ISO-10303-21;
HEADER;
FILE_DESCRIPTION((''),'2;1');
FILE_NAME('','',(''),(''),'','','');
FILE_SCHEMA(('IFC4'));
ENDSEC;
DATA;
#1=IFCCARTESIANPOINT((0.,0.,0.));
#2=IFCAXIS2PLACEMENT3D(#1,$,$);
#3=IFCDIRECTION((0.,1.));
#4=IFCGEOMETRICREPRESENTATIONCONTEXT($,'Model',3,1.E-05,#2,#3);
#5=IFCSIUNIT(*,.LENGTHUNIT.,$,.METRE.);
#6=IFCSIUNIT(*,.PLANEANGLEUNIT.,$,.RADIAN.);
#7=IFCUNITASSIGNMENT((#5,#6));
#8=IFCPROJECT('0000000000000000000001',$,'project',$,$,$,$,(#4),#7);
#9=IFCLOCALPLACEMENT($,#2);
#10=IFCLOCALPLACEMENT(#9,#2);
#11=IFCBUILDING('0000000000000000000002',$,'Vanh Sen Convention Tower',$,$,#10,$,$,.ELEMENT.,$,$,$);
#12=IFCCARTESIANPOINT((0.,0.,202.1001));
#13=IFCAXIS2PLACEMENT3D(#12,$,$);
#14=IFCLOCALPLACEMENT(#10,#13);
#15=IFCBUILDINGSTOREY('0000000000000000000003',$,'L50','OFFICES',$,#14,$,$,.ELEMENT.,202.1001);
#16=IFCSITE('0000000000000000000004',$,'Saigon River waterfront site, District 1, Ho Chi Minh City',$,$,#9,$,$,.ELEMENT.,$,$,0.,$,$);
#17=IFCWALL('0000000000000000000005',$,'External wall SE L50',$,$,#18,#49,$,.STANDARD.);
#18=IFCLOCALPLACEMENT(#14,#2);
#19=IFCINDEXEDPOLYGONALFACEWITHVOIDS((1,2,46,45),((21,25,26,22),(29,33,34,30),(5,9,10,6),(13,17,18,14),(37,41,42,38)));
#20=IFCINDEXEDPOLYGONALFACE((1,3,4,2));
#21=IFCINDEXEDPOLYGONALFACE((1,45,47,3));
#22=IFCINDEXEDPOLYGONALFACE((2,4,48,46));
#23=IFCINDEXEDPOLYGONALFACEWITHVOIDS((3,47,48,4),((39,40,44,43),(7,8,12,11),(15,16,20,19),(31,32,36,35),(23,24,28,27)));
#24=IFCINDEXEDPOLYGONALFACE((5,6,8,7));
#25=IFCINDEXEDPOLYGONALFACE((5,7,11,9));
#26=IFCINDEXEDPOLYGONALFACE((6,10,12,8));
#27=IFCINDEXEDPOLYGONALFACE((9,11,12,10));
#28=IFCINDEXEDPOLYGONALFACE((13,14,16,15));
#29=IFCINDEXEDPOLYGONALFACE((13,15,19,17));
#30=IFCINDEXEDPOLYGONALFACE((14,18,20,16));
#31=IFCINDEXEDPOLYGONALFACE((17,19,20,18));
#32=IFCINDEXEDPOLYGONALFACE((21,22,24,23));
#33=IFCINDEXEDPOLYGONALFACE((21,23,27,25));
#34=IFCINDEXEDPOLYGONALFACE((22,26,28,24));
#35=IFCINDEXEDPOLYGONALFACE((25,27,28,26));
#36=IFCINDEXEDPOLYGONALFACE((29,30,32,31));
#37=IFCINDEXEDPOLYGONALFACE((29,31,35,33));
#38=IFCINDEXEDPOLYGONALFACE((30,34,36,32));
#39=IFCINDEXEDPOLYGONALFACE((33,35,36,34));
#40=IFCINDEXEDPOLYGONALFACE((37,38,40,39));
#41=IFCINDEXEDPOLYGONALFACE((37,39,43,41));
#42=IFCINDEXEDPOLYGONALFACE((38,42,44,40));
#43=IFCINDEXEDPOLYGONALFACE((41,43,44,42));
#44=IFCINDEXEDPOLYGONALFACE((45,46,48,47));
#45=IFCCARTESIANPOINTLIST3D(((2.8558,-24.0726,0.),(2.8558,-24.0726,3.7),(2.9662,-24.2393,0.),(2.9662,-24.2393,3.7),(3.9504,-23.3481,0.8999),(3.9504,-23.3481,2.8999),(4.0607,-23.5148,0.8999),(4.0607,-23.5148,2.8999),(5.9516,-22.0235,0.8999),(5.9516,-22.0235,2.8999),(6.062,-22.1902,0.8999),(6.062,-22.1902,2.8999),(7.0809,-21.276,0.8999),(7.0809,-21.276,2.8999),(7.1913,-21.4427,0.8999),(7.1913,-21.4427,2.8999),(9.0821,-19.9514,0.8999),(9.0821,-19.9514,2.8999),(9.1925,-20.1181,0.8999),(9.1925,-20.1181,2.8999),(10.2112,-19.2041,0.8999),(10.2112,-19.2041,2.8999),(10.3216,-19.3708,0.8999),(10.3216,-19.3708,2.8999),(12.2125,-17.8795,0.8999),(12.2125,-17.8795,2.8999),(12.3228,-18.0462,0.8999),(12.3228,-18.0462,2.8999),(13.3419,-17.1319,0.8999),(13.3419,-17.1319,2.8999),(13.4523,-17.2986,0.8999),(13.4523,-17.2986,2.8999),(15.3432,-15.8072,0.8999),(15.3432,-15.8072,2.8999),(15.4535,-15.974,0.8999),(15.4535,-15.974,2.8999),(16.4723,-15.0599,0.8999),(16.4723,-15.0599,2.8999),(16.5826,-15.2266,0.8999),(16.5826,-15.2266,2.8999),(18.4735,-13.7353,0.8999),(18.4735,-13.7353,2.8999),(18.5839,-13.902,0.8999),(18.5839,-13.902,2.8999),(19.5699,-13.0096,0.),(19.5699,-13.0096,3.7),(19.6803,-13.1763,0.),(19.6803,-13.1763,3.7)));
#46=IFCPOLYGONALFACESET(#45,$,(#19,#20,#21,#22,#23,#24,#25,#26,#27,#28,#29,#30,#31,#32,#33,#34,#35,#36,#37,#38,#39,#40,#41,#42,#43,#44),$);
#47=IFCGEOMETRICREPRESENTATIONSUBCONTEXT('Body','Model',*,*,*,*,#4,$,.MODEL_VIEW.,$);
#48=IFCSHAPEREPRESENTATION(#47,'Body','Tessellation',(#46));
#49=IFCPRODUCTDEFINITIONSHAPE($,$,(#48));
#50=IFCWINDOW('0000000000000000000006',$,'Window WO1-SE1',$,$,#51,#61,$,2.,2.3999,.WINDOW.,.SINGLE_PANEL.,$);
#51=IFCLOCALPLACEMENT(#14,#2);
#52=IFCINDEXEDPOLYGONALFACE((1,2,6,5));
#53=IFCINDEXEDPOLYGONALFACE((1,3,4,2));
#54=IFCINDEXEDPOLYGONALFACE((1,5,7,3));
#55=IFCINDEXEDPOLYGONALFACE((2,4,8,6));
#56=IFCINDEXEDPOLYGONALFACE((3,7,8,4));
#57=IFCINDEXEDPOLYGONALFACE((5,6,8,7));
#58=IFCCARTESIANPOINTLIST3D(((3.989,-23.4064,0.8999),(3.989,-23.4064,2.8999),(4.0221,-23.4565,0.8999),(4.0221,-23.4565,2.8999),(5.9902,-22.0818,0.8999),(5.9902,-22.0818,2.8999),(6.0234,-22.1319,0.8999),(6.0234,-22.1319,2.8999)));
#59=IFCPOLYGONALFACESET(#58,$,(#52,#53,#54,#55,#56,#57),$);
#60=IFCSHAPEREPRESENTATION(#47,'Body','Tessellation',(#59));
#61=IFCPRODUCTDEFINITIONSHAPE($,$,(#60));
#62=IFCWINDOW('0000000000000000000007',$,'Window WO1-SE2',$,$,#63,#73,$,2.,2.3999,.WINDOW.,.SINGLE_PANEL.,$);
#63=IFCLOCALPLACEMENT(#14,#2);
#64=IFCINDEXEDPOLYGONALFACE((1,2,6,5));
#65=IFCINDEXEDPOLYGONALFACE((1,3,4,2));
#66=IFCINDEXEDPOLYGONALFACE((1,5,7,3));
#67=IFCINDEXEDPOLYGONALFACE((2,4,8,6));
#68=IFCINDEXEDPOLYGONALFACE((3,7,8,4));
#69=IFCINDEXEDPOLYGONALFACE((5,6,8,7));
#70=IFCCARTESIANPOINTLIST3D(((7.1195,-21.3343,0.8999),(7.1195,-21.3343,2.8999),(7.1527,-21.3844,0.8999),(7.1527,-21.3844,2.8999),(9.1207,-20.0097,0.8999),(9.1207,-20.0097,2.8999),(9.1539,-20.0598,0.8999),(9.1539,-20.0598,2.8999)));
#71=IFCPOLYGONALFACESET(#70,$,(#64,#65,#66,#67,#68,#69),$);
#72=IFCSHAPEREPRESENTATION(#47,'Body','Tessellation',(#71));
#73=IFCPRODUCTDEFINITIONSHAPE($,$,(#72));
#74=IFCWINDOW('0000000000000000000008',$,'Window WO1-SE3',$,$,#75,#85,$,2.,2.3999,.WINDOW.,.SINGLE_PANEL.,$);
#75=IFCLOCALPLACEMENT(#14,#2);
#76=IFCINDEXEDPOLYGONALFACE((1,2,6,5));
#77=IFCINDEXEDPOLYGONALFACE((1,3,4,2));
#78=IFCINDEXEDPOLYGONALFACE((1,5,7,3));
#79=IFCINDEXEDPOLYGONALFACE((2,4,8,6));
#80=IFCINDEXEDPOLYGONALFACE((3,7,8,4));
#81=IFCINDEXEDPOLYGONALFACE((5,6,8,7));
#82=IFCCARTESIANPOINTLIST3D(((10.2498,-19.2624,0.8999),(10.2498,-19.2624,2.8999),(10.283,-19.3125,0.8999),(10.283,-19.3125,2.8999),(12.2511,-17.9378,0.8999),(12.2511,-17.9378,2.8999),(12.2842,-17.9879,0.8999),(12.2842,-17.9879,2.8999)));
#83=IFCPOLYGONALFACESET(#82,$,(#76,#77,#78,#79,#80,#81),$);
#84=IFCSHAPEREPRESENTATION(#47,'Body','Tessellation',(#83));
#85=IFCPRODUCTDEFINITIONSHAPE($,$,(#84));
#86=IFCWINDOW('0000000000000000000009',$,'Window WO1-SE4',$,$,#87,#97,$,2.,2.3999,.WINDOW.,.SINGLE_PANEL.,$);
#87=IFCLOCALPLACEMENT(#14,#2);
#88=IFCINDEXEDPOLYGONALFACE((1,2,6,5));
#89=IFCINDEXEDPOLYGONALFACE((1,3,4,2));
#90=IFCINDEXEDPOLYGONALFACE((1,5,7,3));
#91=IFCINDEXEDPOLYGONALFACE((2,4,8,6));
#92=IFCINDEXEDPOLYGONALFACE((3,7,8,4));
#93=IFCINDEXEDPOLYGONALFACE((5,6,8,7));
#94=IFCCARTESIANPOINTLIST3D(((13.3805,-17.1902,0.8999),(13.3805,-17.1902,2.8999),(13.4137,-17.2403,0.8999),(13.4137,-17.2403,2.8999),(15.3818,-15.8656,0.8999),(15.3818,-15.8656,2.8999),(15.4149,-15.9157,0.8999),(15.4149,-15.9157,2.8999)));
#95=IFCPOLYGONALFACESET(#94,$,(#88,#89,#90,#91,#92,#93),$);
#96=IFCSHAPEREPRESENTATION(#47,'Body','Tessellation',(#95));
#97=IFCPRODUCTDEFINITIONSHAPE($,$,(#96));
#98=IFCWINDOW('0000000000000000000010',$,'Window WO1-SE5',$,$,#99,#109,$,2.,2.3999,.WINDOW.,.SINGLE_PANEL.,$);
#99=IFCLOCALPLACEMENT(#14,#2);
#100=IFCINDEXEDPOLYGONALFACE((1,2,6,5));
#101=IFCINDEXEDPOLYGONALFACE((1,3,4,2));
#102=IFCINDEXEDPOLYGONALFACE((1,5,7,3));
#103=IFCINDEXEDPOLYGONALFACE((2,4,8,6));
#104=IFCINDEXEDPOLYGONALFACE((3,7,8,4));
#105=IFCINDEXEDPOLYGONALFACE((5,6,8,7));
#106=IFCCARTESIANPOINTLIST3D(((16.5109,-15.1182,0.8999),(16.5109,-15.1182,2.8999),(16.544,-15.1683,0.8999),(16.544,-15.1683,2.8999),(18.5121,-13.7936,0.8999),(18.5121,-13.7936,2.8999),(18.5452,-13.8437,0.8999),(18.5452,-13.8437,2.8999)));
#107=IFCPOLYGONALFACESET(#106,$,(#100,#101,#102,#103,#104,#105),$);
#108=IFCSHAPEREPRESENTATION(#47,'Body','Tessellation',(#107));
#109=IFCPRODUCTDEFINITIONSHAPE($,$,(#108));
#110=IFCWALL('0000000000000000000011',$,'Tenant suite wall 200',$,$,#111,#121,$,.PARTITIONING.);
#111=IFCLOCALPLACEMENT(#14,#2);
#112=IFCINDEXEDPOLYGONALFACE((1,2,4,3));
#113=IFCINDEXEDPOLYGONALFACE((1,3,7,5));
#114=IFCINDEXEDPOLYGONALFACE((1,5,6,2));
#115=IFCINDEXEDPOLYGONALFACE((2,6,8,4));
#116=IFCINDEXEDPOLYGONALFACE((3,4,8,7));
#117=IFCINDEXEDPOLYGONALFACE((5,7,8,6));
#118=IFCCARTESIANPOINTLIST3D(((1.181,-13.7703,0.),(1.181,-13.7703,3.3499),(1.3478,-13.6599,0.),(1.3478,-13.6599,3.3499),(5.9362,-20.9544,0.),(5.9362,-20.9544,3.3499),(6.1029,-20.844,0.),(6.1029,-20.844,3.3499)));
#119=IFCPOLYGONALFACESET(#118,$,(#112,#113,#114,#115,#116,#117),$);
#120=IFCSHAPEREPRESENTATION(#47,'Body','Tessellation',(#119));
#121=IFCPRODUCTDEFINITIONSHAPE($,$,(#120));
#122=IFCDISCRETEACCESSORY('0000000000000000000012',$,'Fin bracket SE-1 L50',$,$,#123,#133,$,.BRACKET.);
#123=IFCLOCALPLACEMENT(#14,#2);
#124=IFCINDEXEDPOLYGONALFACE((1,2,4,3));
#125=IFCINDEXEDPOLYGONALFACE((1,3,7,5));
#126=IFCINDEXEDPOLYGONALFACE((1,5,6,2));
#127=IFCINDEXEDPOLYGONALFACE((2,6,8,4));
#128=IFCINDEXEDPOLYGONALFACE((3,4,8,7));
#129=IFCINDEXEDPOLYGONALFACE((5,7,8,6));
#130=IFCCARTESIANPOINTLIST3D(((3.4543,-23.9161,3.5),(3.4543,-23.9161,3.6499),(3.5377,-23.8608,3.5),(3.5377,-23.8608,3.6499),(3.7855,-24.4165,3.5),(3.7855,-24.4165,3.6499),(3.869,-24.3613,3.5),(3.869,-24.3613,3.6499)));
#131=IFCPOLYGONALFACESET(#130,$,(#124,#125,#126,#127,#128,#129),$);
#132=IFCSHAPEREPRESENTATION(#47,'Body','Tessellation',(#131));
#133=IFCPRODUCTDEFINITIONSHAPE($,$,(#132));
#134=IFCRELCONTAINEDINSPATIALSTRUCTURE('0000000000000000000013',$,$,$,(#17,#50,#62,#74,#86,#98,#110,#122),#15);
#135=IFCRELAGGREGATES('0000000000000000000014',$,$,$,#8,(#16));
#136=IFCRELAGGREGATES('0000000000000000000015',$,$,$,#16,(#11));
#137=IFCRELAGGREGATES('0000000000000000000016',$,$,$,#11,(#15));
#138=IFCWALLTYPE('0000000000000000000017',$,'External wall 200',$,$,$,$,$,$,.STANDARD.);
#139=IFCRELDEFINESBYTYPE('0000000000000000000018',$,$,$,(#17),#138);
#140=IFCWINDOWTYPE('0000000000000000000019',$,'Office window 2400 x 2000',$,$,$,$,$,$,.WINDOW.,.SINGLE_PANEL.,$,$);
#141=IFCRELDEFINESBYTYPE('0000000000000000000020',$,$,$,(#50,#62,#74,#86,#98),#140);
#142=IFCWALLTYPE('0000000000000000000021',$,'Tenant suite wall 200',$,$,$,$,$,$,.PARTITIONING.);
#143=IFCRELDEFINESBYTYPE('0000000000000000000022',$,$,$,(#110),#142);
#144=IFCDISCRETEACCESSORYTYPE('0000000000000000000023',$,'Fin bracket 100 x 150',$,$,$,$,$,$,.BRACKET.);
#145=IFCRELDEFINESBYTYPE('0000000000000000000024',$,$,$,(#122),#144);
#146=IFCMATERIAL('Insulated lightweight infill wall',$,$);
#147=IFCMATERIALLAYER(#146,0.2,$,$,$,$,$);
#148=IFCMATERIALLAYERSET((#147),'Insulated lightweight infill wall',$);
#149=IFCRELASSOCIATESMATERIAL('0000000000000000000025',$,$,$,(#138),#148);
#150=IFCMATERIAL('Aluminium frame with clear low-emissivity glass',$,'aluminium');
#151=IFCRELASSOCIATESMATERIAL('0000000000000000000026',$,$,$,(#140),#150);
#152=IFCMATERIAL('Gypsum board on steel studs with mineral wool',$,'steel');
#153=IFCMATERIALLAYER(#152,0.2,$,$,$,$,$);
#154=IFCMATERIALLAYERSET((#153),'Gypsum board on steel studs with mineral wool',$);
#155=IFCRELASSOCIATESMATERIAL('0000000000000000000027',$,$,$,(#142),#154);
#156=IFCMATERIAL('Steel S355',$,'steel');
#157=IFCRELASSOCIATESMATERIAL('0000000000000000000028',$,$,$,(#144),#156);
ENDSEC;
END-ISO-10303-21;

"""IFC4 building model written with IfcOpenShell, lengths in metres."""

from ifc_helpers import new_model, si_unit, direction, frame, frame_2d, origin, origin_2d, place, context, subcontext, project, spatial, rectangle, extrude, material, layer, layer_set, type_object, element, fill, save


model = new_model("IFC4")

# Units and contexts
model_context = context("Model", 3, precision=1e-05, world=origin(), true_north=direction((0.0, 1.0)))
body_context = subcontext(model_context, "Body", "Model", "MODEL_VIEW")
ifc_project = project(units=[si_unit("LENGTHUNIT", "METRE"), si_unit("PLANEANGLEUNIT", "RADIAN")], contexts=[model_context])

# Site, building, storey
site_placement = place(None, origin())
site = spatial("IfcSite", under=ifc_project, at=site_placement, Name="Saigon River waterfront site, District 1, Ho Chi Minh City", CompositionType="ELEMENT", RefElevation=0.0)
building_placement = place(site_placement, origin())
building = spatial("IfcBuilding", under=site, at=building_placement, Name="Vanh Sen Convention Tower", CompositionType="ELEMENT")
storey_placement = place(building_placement, frame((0.0, 0.0, 202.1001)))
storey = spatial("IfcBuildingStorey", under=building, at=storey_placement, Name="L50", Description="OFFICES", CompositionType="ELEMENT", Elevation=202.1001)

# Shared definitions
ifc_material_1 = material(Name="Gypsum board on steel studs with mineral wool", Category="steel")

# Wall, openings, windows
ifc_material_2 = material(Name="Insulated lightweight infill wall")
ifc_layer_1 = layer(ifc_material_2, 0.2)
ifc_layer_set_1 = layer_set([ifc_layer_1], Name="Insulated lightweight infill wall")
wall_type_1 = type_object("IfcWallType", Name="External wall 200", PredefinedType="STANDARD", material=ifc_layer_set_1)
wall_1_placement = place(storey_placement, frame((2.9109, -24.156, 0.0), z_axis=(0.0, 0.0, 1.0), x_axis=(0.833882, 0.551943, 0.0)))
wall_1 = element("IfcWall", 1, at=wall_1_placement, inside=storey, type_object=wall_type_1, Name="External wall SE L50", PredefinedType="STANDARD", context=body_context, shape_type="SweptSolid", body=[
    extrude(rectangle(XDim=20.0437, YDim=0.2, at=frame_2d((10.022, 0.0))), origin(), (0.0, 0.0, 1.0), 3.7),
])
opening_1_placement = place(wall_1_placement, frame((1.3127, 0.0, 0.8999)))
opening_1 = element("IfcOpeningElement", 2, at=opening_1_placement, cuts=wall_1, PredefinedType="OPENING", context=body_context, shape_type="SweptSolid", body=[
    extrude(rectangle(XDim=2.3999, YDim=2.0, at=frame_2d((1.2, 1.0))), frame((0.0, 0.1099, 0.0), z_axis=(0.0, -1.0, 0.0), x_axis=(1.0, 0.0, 0.0)), (0.0, 0.0, 1.0), 0.22),
])
opening_2_placement = place(wall_1_placement, frame((5.0669, 0.0, 0.8999)))
opening_2 = element("IfcOpeningElement", 3, at=opening_2_placement, cuts=wall_1, PredefinedType="OPENING", context=body_context, shape_type="SweptSolid", body=[
    extrude(rectangle(XDim=2.3999, YDim=2.0, at=frame_2d((1.2, 1.0))), frame((0.0, 0.1099, 0.0), z_axis=(0.0, -1.0, 0.0), x_axis=(1.0, 0.0, 0.0)), (0.0, 0.0, 1.0), 0.22),
])
opening_3_placement = place(wall_1_placement, frame((8.8208, 0.0, 0.8999)))
opening_3 = element("IfcOpeningElement", 4, at=opening_3_placement, cuts=wall_1, PredefinedType="OPENING", context=body_context, shape_type="SweptSolid", body=[
    extrude(rectangle(XDim=2.3999, YDim=2.0, at=frame_2d((1.2, 1.0))), frame((0.0, 0.1099, 0.0), z_axis=(0.0, -1.0, 0.0), x_axis=(1.0, 0.0, 0.0)), (0.0, 0.0, 1.0), 0.22),
])
opening_4_placement = place(wall_1_placement, frame((12.5752, 0.0, 0.8999)))
opening_4 = element("IfcOpeningElement", 5, at=opening_4_placement, cuts=wall_1, PredefinedType="OPENING", context=body_context, shape_type="SweptSolid", body=[
    extrude(rectangle(XDim=2.3999, YDim=2.0, at=frame_2d((1.2, 1.0))), frame((0.0, 0.1099, 0.0), z_axis=(0.0, -1.0, 0.0), x_axis=(1.0, 0.0, 0.0)), (0.0, 0.0, 1.0), 0.22),
])
opening_5_placement = place(wall_1_placement, frame((16.3291, 0.0, 0.8999)))
opening_5 = element("IfcOpeningElement", 6, at=opening_5_placement, cuts=wall_1, PredefinedType="OPENING", context=body_context, shape_type="SweptSolid", body=[
    extrude(rectangle(XDim=2.3999, YDim=2.0, at=frame_2d((1.2, 1.0))), frame((0.0, 0.1099, 0.0), z_axis=(0.0, -1.0, 0.0), x_axis=(1.0, 0.0, 0.0)), (0.0, 0.0, 1.0), 0.22),
])
ifc_material_3 = material(Name="Aluminium frame with clear low-emissivity glass", Category="aluminium")
window_type = type_object("IfcWindowType", Name="Office window 2400 x 2000", PartitioningType="SINGLE_PANEL", PredefinedType="WINDOW", material=ifc_material_3)
window_1_placement = place(opening_1_placement, origin())
window_1 = element("IfcWindow", 7, at=window_1_placement, inside=storey, type_object=window_type, Name="Window WO1-SE1", OverallHeight=2.0, OverallWidth=2.3999, PartitioningType="SINGLE_PANEL", PredefinedType="WINDOW", context=body_context, shape_type="SweptSolid", body=[
    extrude(rectangle(XDim=2.3999, YDim=2.0, at=frame_2d((1.2, 1.0))), frame((0.0, 0.03, 0.0), z_axis=(0.0, -1.0, 0.0), x_axis=(1.0, 0.0, 0.0)), (0.0, 0.0, 1.0), 0.0601),
])
fill(opening_1, window_1)
window_2_placement = place(opening_2_placement, origin())
window_2 = element("IfcWindow", 8, at=window_2_placement, inside=storey, type_object=window_type, Name="Window WO1-SE2", OverallHeight=2.0, OverallWidth=2.3999, PartitioningType="SINGLE_PANEL", PredefinedType="WINDOW", context=body_context, shape_type="SweptSolid", body=[
    extrude(rectangle(XDim=2.3999, YDim=2.0, at=frame_2d((1.2, 1.0))), frame((0.0, 0.03, 0.0), z_axis=(0.0, -1.0, 0.0), x_axis=(1.0, 0.0, 0.0)), (0.0, 0.0, 1.0), 0.0601),
])
fill(opening_2, window_2)
window_3_placement = place(opening_3_placement, origin())
window_3 = element("IfcWindow", 9, at=window_3_placement, inside=storey, type_object=window_type, Name="Window WO1-SE3", OverallHeight=2.0, OverallWidth=2.3999, PartitioningType="SINGLE_PANEL", PredefinedType="WINDOW", context=body_context, shape_type="SweptSolid", body=[
    extrude(rectangle(XDim=2.3999, YDim=2.0, at=frame_2d((1.2, 1.0))), frame((0.0, 0.03, 0.0), z_axis=(0.0, -1.0, 0.0), x_axis=(1.0, 0.0, 0.0)), (0.0, 0.0, 1.0), 0.0601),
])
fill(opening_3, window_3)
window_4_placement = place(opening_4_placement, origin())
window_4 = element("IfcWindow", 10, at=window_4_placement, inside=storey, type_object=window_type, Name="Window WO1-SE4", OverallHeight=2.0, OverallWidth=2.3999, PartitioningType="SINGLE_PANEL", PredefinedType="WINDOW", context=body_context, shape_type="SweptSolid", body=[
    extrude(rectangle(XDim=2.3999, YDim=2.0, at=frame_2d((1.2, 1.0))), frame((0.0, 0.03, 0.0), z_axis=(0.0, -1.0, 0.0), x_axis=(1.0, 0.0, 0.0)), (0.0, 0.0, 1.0), 0.0601),
])
fill(opening_4, window_4)
window_5_placement = place(opening_5_placement, origin())
window_5 = element("IfcWindow", 11, at=window_5_placement, inside=storey, type_object=window_type, Name="Window WO1-SE5", OverallHeight=2.0, OverallWidth=2.3999, PartitioningType="SINGLE_PANEL", PredefinedType="WINDOW", context=body_context, shape_type="SweptSolid", body=[
    extrude(rectangle(XDim=2.3999, YDim=2.0, at=frame_2d((1.2, 1.0))), frame((0.0, 0.03, 0.0), z_axis=(0.0, -1.0, 0.0), x_axis=(1.0, 0.0, 0.0)), (0.0, 0.0, 1.0), 0.0601),
])
fill(opening_5, window_5)

# Wall
ifc_layer_2 = layer(ifc_material_1, 0.2)
ifc_layer_set_2 = layer_set([ifc_layer_2], Name="Gypsum board on steel studs with mineral wool")
wall_type_2 = type_object("IfcWallType", Name="Tenant suite wall 200", PredefinedType="PARTITIONING", material=ifc_layer_set_2)
wall_2_placement = place(storey_placement, frame((6.0195, -20.8992, 0.0), z_axis=(0.0, 0.0, 1.0), x_axis=(-0.551944, 0.833881, 0.0)))
element("IfcWall", 12, at=wall_2_placement, inside=storey, type_object=wall_type_2, Name="Tenant suite wall 200", PredefinedType="PARTITIONING", context=body_context, shape_type="SweptSolid", body=[
    extrude(rectangle(XDim=8.6152, YDim=0.2, at=frame_2d((4.3076, 0.0))), origin(), (0.0, 0.0, 1.0), 3.3499),
])

# Discrete accessory
ifc_material_4 = material(Name="Steel S355", Category="steel")
discrete_accessory_type = type_object("IfcDiscreteAccessoryType", Name="Fin bracket 100 x 150", PredefinedType="BRACKET", material=ifc_material_4)
discrete_accessory_placement = place(storey_placement, frame((3.6616, -24.1387, 3.5), z_axis=(0.0, 0.0, 1.0), x_axis=(0.551937, -0.833886, 0.0)))
element("IfcDiscreteAccessory", 13, at=discrete_accessory_placement, inside=storey, type_object=discrete_accessory_type, Name="Fin bracket SE-1 L50", PredefinedType="BRACKET", context=body_context, shape_type="SweptSolid", body=[
    extrude(rectangle(XDim=0.6001, YDim=0.1001, at=origin_2d()), origin(), (0.0, 0.0, 1.0), 0.1499),
])

save(model, "model.ifc")
